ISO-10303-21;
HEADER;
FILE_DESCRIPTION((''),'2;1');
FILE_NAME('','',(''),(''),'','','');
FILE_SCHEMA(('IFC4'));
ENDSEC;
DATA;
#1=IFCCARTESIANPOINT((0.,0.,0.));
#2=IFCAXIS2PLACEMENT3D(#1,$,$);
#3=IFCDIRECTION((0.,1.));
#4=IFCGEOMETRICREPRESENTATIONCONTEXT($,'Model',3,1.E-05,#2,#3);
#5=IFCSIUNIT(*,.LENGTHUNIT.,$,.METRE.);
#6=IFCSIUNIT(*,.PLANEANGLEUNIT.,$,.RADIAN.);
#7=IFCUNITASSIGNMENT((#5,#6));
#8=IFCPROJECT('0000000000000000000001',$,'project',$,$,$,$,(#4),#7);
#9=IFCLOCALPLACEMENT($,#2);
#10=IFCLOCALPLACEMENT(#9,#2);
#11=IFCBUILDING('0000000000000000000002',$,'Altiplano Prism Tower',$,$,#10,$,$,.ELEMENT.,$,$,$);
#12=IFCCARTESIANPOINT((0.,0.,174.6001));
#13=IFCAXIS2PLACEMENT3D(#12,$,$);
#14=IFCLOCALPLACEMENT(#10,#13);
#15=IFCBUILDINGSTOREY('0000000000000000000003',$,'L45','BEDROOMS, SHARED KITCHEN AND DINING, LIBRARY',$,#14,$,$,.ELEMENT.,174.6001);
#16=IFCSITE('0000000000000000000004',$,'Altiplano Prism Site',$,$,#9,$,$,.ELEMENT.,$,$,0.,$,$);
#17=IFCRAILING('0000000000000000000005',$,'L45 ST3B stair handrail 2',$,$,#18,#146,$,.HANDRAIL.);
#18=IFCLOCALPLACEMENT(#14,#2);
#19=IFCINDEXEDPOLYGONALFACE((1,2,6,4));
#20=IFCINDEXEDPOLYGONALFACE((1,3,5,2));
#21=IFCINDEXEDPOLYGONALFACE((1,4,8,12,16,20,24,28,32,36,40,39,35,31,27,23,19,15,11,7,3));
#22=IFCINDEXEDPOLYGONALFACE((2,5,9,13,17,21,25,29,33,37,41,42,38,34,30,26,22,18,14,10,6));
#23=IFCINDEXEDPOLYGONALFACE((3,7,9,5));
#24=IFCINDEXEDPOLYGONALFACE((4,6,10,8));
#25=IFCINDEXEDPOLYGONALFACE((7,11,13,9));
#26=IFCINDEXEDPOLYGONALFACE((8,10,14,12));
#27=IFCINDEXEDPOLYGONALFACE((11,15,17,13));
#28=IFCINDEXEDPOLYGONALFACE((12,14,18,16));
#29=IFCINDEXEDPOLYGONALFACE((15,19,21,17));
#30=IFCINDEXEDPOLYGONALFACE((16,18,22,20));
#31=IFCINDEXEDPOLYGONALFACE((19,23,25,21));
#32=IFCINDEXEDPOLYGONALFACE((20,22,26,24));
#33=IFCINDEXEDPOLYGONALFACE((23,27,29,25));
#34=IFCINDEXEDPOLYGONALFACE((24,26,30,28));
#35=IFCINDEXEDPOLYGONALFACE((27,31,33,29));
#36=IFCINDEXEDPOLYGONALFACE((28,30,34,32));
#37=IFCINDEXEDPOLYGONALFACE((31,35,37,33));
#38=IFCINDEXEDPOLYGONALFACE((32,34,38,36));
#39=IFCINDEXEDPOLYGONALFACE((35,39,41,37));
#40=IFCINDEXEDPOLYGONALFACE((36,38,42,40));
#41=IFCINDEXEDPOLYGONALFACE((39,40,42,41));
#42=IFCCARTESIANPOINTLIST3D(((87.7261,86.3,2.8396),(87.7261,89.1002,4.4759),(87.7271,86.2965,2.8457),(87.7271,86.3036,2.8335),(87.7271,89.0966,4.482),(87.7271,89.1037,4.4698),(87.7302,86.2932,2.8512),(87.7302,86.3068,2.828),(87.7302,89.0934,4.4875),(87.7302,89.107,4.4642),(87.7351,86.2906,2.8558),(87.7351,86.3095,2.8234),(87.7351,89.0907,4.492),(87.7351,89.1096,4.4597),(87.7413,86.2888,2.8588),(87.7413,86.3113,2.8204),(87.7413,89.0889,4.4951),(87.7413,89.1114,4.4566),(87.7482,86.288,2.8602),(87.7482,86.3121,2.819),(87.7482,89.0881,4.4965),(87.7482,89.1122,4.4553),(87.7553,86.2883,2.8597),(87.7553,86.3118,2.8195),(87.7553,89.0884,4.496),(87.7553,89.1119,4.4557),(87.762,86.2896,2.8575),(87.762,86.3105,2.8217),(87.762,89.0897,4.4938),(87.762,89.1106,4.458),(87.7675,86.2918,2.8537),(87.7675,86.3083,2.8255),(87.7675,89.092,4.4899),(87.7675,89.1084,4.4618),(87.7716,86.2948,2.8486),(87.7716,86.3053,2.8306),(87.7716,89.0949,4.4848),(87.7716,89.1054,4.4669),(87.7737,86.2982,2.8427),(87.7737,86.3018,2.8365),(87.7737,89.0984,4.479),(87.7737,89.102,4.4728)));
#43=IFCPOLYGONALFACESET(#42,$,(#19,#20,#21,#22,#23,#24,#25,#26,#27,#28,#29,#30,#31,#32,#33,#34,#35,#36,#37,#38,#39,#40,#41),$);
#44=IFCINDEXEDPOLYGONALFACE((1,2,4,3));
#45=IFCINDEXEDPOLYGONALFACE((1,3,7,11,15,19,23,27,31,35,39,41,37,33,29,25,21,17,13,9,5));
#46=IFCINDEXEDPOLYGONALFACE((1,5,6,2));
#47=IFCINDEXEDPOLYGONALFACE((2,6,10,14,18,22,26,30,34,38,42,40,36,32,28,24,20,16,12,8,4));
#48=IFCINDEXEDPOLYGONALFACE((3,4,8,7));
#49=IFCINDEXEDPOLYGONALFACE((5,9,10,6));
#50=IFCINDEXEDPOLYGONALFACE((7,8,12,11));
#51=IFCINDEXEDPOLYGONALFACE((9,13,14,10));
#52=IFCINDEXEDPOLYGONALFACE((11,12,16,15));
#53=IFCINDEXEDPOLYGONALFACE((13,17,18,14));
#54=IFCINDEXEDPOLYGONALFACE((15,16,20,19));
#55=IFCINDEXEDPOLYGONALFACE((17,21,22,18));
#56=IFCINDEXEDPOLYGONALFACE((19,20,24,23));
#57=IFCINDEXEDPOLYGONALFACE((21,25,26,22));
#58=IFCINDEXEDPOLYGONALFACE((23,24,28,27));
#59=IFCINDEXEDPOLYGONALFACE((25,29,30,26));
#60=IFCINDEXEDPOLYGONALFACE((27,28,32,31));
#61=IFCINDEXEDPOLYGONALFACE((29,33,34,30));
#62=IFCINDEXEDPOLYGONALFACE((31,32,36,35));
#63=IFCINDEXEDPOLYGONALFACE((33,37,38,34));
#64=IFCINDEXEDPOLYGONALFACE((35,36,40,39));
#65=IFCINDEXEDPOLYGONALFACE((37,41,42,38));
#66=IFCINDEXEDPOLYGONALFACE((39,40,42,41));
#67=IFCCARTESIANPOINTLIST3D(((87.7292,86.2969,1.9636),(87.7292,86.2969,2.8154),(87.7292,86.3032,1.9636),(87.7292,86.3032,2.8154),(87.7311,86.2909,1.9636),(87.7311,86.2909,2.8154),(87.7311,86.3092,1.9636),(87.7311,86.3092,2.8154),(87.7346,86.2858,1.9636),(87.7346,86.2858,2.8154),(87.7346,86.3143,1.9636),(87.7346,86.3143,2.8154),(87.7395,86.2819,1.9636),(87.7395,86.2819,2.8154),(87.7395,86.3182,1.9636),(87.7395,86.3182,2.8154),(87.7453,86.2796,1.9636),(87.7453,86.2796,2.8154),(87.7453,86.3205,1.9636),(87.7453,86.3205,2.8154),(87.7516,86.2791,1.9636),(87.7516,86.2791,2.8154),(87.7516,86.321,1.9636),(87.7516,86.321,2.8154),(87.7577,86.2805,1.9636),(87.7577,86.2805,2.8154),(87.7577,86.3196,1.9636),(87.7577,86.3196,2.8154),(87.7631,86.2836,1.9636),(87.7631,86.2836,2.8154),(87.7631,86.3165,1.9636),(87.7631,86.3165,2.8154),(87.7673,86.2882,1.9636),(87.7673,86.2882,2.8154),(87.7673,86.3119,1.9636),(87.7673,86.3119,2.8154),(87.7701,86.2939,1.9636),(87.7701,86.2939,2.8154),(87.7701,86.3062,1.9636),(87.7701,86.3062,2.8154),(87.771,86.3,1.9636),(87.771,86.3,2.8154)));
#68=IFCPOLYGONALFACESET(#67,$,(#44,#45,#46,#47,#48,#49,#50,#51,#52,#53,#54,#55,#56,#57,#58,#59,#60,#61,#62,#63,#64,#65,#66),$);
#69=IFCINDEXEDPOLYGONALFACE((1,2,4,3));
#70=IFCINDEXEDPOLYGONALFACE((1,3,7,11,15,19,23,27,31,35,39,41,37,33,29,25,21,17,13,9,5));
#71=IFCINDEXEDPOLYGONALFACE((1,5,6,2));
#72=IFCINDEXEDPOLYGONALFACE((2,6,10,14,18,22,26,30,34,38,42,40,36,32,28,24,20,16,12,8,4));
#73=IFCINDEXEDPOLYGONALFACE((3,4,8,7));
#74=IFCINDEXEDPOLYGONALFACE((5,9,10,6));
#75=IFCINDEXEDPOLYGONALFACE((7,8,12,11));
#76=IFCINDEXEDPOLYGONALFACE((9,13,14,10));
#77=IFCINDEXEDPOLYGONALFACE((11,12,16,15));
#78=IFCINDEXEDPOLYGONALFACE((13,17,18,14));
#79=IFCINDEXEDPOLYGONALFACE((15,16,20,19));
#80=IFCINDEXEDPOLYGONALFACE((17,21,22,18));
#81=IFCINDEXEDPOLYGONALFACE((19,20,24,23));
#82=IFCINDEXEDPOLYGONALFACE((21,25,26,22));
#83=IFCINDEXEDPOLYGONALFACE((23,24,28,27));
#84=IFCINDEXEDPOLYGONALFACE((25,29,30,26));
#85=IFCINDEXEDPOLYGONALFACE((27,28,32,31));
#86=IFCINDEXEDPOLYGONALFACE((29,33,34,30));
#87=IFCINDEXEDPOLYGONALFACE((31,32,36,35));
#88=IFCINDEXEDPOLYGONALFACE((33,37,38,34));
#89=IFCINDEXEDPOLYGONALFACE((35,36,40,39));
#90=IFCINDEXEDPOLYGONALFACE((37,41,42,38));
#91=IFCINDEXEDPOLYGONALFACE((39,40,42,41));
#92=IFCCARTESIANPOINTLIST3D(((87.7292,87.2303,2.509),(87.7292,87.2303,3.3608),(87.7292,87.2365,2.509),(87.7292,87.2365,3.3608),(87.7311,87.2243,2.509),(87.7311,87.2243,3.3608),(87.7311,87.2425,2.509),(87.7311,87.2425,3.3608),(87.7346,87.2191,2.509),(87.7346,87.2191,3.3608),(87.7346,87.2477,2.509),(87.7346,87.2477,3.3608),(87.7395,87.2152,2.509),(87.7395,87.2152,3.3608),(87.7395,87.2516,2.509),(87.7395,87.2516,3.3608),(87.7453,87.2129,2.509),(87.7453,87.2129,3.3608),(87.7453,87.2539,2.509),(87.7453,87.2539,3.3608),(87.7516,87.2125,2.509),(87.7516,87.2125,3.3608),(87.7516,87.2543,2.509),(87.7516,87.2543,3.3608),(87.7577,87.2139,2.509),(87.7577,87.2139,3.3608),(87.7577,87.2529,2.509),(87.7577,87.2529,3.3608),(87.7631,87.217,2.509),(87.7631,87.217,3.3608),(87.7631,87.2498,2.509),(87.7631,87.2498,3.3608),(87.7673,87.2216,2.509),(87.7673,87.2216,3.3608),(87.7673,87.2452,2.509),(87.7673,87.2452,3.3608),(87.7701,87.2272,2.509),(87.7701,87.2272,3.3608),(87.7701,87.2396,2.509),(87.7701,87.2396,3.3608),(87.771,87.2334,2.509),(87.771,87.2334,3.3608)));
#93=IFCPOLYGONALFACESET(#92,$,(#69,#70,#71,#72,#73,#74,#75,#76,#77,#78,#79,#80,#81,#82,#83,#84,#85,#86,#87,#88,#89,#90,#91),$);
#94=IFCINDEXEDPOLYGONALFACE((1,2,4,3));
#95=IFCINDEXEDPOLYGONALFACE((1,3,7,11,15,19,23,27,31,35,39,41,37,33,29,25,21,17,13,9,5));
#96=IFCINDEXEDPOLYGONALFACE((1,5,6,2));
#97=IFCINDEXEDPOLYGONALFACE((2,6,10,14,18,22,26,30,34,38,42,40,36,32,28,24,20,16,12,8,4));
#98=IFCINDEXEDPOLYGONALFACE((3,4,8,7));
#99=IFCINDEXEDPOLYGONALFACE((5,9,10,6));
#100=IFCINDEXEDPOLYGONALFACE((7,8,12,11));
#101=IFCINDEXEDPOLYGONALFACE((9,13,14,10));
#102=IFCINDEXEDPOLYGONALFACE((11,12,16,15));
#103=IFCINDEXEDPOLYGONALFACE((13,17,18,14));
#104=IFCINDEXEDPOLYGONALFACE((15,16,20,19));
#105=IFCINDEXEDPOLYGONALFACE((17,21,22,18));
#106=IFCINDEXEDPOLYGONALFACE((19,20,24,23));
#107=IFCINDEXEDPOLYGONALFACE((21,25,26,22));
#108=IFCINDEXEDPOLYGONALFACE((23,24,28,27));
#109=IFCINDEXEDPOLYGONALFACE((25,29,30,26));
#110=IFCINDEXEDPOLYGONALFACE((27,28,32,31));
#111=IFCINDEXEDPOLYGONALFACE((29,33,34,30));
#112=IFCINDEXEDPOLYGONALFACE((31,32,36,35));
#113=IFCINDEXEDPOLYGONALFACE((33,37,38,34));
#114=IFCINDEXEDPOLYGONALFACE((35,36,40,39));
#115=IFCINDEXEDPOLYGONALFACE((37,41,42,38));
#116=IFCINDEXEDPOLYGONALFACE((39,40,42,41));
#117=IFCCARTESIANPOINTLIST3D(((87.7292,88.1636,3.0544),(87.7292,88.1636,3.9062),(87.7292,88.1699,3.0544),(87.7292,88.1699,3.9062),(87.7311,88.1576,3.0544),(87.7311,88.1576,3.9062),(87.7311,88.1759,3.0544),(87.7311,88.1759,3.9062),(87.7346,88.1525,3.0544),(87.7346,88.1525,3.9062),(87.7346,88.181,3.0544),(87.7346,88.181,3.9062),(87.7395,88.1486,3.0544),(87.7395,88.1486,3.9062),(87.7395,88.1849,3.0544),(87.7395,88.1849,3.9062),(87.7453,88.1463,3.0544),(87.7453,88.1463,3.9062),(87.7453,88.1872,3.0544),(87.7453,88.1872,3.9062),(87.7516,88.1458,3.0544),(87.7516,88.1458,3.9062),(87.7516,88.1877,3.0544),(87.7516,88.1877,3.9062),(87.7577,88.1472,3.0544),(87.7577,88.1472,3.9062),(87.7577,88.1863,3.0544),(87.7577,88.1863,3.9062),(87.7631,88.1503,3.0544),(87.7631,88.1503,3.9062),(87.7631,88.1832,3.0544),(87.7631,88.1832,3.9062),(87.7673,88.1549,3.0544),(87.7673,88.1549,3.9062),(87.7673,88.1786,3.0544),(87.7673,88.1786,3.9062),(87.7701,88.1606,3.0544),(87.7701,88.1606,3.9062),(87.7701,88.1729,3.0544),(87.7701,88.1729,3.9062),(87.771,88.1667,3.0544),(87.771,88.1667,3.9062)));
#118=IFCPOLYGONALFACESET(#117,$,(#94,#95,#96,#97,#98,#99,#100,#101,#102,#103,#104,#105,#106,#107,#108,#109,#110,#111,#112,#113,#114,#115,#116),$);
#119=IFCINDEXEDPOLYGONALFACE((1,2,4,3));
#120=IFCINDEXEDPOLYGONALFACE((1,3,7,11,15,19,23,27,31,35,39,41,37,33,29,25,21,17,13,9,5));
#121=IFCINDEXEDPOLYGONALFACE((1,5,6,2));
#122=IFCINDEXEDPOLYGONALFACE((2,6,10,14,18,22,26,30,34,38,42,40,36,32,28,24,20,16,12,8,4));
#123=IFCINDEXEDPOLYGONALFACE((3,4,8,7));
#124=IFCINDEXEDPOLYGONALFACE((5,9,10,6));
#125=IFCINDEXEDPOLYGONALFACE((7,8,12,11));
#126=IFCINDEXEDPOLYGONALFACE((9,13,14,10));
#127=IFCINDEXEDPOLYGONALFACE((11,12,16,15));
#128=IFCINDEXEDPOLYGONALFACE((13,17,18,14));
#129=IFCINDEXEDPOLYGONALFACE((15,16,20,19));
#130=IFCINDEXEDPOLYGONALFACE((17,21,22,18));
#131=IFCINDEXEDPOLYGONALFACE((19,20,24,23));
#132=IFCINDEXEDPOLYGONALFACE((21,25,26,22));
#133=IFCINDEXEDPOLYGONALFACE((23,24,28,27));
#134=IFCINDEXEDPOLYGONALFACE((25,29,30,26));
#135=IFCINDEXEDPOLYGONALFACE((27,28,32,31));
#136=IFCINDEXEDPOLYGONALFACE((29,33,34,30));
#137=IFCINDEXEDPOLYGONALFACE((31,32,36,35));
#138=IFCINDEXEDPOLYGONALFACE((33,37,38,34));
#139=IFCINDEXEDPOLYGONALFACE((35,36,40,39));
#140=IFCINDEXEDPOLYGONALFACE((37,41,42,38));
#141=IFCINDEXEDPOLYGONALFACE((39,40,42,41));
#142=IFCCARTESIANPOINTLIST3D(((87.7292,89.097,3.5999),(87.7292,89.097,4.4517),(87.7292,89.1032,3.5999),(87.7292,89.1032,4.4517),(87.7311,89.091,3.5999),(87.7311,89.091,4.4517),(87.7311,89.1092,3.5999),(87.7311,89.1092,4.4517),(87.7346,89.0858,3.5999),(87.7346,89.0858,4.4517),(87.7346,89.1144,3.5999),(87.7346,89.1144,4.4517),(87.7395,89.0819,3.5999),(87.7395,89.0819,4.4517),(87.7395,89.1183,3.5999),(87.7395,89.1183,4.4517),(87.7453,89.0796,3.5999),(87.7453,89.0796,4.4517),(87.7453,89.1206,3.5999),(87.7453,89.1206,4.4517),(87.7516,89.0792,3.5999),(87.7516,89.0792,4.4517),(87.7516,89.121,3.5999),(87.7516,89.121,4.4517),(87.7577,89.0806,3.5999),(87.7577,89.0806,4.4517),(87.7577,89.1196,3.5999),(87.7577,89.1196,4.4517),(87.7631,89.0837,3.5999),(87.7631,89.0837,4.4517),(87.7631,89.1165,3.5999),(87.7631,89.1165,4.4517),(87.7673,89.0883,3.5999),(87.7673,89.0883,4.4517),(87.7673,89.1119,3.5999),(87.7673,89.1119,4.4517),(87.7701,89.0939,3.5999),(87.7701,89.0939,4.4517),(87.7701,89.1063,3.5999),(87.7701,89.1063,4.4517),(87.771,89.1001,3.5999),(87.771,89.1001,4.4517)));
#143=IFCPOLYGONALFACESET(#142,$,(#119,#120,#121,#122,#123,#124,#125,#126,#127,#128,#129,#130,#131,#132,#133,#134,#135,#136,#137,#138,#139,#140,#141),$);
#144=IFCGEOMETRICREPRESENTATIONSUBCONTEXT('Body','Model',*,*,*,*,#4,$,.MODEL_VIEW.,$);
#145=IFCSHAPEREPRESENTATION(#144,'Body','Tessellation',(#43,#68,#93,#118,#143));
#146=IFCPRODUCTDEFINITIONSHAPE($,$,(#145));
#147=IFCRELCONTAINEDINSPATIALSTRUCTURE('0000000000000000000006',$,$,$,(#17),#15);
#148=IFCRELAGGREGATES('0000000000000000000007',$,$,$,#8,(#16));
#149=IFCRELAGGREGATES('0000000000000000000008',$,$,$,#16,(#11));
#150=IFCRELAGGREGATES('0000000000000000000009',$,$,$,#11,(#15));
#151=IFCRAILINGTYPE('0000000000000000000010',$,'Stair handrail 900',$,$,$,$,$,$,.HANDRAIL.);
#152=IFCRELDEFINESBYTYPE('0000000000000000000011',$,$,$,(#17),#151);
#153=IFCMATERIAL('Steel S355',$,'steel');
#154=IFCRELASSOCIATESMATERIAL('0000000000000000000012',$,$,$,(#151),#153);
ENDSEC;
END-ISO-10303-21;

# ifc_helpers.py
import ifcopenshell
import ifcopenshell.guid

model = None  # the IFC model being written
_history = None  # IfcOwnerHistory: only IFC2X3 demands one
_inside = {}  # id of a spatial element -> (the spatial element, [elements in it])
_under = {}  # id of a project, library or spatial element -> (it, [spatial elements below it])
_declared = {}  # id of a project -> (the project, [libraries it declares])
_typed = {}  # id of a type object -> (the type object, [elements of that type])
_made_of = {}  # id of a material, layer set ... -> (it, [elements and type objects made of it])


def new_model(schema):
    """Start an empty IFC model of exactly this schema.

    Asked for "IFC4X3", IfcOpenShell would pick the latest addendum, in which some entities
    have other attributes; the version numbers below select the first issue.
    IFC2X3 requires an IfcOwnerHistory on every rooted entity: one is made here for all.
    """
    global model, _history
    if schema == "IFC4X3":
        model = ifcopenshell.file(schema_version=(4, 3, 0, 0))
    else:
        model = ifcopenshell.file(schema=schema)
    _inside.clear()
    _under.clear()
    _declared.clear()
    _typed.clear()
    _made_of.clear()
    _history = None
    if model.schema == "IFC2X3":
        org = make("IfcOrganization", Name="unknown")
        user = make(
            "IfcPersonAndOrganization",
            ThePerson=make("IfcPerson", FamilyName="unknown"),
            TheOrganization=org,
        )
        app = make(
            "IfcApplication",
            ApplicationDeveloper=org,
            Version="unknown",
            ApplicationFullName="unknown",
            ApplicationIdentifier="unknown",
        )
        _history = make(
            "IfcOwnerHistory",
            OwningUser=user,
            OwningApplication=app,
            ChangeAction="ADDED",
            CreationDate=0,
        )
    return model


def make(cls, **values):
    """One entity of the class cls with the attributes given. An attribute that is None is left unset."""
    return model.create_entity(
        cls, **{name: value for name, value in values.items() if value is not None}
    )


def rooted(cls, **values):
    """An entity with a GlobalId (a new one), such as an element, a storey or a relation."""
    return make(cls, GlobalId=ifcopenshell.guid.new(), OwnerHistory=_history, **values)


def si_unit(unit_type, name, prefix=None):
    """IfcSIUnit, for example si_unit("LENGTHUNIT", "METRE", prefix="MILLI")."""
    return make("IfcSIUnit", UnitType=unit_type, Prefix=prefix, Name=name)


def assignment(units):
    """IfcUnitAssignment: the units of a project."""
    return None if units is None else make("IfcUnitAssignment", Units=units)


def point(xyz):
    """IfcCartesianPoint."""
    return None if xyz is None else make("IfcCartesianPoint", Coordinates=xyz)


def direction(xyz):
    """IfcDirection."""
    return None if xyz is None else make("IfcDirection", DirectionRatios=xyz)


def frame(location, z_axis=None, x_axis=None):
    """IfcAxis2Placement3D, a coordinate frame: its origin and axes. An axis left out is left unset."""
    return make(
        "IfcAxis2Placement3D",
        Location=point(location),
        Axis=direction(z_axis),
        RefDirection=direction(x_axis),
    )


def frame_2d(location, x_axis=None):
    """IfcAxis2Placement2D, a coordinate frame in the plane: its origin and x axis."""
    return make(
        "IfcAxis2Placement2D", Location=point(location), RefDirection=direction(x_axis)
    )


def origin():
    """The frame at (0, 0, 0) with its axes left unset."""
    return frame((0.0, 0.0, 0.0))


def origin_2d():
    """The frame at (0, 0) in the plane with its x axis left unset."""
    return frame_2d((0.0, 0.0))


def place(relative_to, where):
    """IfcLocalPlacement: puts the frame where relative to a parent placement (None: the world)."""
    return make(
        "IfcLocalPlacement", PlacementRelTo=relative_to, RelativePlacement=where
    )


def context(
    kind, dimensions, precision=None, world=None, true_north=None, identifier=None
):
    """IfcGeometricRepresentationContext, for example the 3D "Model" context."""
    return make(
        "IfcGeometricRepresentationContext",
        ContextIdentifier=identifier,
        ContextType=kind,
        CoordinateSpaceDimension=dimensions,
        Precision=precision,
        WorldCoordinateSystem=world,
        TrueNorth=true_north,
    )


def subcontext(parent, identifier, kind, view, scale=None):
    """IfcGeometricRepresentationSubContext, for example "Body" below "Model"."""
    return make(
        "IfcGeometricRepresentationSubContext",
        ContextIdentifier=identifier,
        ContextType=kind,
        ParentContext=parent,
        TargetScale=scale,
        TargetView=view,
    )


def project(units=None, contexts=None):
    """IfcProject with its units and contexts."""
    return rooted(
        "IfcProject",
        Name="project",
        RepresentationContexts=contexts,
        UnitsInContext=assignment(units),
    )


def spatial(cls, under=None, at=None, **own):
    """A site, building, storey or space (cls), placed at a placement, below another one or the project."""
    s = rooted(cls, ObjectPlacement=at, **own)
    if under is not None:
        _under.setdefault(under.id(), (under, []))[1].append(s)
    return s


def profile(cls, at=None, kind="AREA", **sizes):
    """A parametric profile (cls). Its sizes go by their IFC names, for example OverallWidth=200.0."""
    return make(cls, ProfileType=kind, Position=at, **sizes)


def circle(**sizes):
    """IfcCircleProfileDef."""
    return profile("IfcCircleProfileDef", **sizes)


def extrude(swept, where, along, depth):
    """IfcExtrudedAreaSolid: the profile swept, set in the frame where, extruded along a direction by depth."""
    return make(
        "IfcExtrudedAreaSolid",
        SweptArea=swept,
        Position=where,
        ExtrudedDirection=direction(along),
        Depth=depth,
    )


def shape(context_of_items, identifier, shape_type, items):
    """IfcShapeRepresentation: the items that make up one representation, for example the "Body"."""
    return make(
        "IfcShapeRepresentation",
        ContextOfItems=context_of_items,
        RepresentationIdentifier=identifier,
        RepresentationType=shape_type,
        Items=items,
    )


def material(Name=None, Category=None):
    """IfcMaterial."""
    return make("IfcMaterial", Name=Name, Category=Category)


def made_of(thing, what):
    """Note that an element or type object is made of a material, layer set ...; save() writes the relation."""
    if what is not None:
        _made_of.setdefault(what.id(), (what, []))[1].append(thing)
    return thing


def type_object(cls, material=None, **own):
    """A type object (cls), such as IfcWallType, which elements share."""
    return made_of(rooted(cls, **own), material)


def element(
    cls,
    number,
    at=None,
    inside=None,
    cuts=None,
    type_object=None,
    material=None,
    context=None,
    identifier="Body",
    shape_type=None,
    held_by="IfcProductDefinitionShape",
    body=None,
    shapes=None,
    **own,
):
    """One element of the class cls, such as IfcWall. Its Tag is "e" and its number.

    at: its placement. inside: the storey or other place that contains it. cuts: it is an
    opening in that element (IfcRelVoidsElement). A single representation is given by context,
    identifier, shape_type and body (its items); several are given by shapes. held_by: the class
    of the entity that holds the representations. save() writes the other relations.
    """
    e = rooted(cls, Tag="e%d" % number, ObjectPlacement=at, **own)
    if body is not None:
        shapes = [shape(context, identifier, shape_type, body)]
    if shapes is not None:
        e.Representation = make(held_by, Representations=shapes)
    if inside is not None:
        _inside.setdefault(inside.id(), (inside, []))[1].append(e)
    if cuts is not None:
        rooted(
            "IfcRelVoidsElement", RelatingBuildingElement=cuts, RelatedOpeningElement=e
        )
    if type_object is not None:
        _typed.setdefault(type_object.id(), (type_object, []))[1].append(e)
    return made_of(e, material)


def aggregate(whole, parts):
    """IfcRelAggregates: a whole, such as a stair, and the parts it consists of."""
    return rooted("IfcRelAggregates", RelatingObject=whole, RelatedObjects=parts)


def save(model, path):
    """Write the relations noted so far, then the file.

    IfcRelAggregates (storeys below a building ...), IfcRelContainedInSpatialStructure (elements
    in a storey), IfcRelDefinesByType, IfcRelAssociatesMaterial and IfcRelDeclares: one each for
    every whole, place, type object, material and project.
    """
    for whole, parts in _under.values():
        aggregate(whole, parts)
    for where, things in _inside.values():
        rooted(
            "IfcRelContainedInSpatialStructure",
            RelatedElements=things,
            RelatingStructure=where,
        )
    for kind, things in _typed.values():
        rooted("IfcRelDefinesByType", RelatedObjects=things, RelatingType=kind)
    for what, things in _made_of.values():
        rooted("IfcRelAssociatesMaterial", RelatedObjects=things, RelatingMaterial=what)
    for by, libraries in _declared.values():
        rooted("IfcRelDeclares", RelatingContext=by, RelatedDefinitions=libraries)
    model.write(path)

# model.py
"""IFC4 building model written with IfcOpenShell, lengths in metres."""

from ifc_helpers import new_model, si_unit, direction, frame, origin, origin_2d, place, context, subcontext, project, spatial, circle, extrude, material, type_object, element, save


model = new_model("IFC4")

# Units and contexts
model_context = context("Model", 3, precision=1e-05, world=origin(), true_north=direction((0.0, 1.0)))
body_context = subcontext(model_context, "Body", "Model", "MODEL_VIEW")
ifc_project = project(units=[si_unit("LENGTHUNIT", "METRE"), si_unit("PLANEANGLEUNIT", "RADIAN")], contexts=[model_context])

# Site, building, storey
site_placement = place(None, origin())
site = spatial("IfcSite", under=ifc_project, at=site_placement, Name="Altiplano Prism Site", CompositionType="ELEMENT", RefElevation=0.0)
building_placement = place(site_placement, origin())
building = spatial("IfcBuilding", under=site, at=building_placement, Name="Altiplano Prism Tower", CompositionType="ELEMENT")
storey_placement = place(building_placement, frame((0.0, 0.0, 174.6001)))
storey = spatial("IfcBuildingStorey", under=building, at=storey_placement, Name="L45", Description="BEDROOMS, SHARED KITCHEN AND DINING, LIBRARY", CompositionType="ELEMENT", Elevation=174.6001)

# Railing
ifc_material_1 = material(Name="Steel S355", Category="steel")
railing_type = type_object("IfcRailingType", Name="Stair handrail 900", PredefinedType="HANDRAIL", material=ifc_material_1)
for number, where, name in (
    (1, (87.75, 86.3, 1.9636), "L45 ST3B stair handrail 2"),
):
    element("IfcRailing", number, at=place(storey_placement, frame(where)), inside=storey, type_object=railing_type, Name=name, PredefinedType="HANDRAIL", context=body_context, shape_type="SweptSolid", body=[
        extrude(circle(Radius=0.0239, at=origin_2d()), frame((0.0, 0.0, 0.876), z_axis=(0.0, 0.863394, 0.504531), x_axis=(-1.0, 0.0, 0.0)), (0.0, 0.0, 1.0), 3.2432),
        extrude(circle(Radius=0.021, at=origin_2d()), origin(), (0.0, 0.0, 1.0), 0.8518),
        extrude(circle(Radius=0.021, at=origin_2d()), frame((0.0, 0.9333, 0.5454)), (0.0, 0.0, 1.0), 0.8518),
        extrude(circle(Radius=0.021, at=origin_2d()), frame((0.0, 1.8667, 1.0908)), (0.0, 0.0, 1.0), 0.8518),
        extrude(circle(Radius=0.021, at=origin_2d()), frame((0.0, 2.8, 1.6362)), (0.0, 0.0, 1.0), 0.8518),
    ])

save(model, "model.ifc")
